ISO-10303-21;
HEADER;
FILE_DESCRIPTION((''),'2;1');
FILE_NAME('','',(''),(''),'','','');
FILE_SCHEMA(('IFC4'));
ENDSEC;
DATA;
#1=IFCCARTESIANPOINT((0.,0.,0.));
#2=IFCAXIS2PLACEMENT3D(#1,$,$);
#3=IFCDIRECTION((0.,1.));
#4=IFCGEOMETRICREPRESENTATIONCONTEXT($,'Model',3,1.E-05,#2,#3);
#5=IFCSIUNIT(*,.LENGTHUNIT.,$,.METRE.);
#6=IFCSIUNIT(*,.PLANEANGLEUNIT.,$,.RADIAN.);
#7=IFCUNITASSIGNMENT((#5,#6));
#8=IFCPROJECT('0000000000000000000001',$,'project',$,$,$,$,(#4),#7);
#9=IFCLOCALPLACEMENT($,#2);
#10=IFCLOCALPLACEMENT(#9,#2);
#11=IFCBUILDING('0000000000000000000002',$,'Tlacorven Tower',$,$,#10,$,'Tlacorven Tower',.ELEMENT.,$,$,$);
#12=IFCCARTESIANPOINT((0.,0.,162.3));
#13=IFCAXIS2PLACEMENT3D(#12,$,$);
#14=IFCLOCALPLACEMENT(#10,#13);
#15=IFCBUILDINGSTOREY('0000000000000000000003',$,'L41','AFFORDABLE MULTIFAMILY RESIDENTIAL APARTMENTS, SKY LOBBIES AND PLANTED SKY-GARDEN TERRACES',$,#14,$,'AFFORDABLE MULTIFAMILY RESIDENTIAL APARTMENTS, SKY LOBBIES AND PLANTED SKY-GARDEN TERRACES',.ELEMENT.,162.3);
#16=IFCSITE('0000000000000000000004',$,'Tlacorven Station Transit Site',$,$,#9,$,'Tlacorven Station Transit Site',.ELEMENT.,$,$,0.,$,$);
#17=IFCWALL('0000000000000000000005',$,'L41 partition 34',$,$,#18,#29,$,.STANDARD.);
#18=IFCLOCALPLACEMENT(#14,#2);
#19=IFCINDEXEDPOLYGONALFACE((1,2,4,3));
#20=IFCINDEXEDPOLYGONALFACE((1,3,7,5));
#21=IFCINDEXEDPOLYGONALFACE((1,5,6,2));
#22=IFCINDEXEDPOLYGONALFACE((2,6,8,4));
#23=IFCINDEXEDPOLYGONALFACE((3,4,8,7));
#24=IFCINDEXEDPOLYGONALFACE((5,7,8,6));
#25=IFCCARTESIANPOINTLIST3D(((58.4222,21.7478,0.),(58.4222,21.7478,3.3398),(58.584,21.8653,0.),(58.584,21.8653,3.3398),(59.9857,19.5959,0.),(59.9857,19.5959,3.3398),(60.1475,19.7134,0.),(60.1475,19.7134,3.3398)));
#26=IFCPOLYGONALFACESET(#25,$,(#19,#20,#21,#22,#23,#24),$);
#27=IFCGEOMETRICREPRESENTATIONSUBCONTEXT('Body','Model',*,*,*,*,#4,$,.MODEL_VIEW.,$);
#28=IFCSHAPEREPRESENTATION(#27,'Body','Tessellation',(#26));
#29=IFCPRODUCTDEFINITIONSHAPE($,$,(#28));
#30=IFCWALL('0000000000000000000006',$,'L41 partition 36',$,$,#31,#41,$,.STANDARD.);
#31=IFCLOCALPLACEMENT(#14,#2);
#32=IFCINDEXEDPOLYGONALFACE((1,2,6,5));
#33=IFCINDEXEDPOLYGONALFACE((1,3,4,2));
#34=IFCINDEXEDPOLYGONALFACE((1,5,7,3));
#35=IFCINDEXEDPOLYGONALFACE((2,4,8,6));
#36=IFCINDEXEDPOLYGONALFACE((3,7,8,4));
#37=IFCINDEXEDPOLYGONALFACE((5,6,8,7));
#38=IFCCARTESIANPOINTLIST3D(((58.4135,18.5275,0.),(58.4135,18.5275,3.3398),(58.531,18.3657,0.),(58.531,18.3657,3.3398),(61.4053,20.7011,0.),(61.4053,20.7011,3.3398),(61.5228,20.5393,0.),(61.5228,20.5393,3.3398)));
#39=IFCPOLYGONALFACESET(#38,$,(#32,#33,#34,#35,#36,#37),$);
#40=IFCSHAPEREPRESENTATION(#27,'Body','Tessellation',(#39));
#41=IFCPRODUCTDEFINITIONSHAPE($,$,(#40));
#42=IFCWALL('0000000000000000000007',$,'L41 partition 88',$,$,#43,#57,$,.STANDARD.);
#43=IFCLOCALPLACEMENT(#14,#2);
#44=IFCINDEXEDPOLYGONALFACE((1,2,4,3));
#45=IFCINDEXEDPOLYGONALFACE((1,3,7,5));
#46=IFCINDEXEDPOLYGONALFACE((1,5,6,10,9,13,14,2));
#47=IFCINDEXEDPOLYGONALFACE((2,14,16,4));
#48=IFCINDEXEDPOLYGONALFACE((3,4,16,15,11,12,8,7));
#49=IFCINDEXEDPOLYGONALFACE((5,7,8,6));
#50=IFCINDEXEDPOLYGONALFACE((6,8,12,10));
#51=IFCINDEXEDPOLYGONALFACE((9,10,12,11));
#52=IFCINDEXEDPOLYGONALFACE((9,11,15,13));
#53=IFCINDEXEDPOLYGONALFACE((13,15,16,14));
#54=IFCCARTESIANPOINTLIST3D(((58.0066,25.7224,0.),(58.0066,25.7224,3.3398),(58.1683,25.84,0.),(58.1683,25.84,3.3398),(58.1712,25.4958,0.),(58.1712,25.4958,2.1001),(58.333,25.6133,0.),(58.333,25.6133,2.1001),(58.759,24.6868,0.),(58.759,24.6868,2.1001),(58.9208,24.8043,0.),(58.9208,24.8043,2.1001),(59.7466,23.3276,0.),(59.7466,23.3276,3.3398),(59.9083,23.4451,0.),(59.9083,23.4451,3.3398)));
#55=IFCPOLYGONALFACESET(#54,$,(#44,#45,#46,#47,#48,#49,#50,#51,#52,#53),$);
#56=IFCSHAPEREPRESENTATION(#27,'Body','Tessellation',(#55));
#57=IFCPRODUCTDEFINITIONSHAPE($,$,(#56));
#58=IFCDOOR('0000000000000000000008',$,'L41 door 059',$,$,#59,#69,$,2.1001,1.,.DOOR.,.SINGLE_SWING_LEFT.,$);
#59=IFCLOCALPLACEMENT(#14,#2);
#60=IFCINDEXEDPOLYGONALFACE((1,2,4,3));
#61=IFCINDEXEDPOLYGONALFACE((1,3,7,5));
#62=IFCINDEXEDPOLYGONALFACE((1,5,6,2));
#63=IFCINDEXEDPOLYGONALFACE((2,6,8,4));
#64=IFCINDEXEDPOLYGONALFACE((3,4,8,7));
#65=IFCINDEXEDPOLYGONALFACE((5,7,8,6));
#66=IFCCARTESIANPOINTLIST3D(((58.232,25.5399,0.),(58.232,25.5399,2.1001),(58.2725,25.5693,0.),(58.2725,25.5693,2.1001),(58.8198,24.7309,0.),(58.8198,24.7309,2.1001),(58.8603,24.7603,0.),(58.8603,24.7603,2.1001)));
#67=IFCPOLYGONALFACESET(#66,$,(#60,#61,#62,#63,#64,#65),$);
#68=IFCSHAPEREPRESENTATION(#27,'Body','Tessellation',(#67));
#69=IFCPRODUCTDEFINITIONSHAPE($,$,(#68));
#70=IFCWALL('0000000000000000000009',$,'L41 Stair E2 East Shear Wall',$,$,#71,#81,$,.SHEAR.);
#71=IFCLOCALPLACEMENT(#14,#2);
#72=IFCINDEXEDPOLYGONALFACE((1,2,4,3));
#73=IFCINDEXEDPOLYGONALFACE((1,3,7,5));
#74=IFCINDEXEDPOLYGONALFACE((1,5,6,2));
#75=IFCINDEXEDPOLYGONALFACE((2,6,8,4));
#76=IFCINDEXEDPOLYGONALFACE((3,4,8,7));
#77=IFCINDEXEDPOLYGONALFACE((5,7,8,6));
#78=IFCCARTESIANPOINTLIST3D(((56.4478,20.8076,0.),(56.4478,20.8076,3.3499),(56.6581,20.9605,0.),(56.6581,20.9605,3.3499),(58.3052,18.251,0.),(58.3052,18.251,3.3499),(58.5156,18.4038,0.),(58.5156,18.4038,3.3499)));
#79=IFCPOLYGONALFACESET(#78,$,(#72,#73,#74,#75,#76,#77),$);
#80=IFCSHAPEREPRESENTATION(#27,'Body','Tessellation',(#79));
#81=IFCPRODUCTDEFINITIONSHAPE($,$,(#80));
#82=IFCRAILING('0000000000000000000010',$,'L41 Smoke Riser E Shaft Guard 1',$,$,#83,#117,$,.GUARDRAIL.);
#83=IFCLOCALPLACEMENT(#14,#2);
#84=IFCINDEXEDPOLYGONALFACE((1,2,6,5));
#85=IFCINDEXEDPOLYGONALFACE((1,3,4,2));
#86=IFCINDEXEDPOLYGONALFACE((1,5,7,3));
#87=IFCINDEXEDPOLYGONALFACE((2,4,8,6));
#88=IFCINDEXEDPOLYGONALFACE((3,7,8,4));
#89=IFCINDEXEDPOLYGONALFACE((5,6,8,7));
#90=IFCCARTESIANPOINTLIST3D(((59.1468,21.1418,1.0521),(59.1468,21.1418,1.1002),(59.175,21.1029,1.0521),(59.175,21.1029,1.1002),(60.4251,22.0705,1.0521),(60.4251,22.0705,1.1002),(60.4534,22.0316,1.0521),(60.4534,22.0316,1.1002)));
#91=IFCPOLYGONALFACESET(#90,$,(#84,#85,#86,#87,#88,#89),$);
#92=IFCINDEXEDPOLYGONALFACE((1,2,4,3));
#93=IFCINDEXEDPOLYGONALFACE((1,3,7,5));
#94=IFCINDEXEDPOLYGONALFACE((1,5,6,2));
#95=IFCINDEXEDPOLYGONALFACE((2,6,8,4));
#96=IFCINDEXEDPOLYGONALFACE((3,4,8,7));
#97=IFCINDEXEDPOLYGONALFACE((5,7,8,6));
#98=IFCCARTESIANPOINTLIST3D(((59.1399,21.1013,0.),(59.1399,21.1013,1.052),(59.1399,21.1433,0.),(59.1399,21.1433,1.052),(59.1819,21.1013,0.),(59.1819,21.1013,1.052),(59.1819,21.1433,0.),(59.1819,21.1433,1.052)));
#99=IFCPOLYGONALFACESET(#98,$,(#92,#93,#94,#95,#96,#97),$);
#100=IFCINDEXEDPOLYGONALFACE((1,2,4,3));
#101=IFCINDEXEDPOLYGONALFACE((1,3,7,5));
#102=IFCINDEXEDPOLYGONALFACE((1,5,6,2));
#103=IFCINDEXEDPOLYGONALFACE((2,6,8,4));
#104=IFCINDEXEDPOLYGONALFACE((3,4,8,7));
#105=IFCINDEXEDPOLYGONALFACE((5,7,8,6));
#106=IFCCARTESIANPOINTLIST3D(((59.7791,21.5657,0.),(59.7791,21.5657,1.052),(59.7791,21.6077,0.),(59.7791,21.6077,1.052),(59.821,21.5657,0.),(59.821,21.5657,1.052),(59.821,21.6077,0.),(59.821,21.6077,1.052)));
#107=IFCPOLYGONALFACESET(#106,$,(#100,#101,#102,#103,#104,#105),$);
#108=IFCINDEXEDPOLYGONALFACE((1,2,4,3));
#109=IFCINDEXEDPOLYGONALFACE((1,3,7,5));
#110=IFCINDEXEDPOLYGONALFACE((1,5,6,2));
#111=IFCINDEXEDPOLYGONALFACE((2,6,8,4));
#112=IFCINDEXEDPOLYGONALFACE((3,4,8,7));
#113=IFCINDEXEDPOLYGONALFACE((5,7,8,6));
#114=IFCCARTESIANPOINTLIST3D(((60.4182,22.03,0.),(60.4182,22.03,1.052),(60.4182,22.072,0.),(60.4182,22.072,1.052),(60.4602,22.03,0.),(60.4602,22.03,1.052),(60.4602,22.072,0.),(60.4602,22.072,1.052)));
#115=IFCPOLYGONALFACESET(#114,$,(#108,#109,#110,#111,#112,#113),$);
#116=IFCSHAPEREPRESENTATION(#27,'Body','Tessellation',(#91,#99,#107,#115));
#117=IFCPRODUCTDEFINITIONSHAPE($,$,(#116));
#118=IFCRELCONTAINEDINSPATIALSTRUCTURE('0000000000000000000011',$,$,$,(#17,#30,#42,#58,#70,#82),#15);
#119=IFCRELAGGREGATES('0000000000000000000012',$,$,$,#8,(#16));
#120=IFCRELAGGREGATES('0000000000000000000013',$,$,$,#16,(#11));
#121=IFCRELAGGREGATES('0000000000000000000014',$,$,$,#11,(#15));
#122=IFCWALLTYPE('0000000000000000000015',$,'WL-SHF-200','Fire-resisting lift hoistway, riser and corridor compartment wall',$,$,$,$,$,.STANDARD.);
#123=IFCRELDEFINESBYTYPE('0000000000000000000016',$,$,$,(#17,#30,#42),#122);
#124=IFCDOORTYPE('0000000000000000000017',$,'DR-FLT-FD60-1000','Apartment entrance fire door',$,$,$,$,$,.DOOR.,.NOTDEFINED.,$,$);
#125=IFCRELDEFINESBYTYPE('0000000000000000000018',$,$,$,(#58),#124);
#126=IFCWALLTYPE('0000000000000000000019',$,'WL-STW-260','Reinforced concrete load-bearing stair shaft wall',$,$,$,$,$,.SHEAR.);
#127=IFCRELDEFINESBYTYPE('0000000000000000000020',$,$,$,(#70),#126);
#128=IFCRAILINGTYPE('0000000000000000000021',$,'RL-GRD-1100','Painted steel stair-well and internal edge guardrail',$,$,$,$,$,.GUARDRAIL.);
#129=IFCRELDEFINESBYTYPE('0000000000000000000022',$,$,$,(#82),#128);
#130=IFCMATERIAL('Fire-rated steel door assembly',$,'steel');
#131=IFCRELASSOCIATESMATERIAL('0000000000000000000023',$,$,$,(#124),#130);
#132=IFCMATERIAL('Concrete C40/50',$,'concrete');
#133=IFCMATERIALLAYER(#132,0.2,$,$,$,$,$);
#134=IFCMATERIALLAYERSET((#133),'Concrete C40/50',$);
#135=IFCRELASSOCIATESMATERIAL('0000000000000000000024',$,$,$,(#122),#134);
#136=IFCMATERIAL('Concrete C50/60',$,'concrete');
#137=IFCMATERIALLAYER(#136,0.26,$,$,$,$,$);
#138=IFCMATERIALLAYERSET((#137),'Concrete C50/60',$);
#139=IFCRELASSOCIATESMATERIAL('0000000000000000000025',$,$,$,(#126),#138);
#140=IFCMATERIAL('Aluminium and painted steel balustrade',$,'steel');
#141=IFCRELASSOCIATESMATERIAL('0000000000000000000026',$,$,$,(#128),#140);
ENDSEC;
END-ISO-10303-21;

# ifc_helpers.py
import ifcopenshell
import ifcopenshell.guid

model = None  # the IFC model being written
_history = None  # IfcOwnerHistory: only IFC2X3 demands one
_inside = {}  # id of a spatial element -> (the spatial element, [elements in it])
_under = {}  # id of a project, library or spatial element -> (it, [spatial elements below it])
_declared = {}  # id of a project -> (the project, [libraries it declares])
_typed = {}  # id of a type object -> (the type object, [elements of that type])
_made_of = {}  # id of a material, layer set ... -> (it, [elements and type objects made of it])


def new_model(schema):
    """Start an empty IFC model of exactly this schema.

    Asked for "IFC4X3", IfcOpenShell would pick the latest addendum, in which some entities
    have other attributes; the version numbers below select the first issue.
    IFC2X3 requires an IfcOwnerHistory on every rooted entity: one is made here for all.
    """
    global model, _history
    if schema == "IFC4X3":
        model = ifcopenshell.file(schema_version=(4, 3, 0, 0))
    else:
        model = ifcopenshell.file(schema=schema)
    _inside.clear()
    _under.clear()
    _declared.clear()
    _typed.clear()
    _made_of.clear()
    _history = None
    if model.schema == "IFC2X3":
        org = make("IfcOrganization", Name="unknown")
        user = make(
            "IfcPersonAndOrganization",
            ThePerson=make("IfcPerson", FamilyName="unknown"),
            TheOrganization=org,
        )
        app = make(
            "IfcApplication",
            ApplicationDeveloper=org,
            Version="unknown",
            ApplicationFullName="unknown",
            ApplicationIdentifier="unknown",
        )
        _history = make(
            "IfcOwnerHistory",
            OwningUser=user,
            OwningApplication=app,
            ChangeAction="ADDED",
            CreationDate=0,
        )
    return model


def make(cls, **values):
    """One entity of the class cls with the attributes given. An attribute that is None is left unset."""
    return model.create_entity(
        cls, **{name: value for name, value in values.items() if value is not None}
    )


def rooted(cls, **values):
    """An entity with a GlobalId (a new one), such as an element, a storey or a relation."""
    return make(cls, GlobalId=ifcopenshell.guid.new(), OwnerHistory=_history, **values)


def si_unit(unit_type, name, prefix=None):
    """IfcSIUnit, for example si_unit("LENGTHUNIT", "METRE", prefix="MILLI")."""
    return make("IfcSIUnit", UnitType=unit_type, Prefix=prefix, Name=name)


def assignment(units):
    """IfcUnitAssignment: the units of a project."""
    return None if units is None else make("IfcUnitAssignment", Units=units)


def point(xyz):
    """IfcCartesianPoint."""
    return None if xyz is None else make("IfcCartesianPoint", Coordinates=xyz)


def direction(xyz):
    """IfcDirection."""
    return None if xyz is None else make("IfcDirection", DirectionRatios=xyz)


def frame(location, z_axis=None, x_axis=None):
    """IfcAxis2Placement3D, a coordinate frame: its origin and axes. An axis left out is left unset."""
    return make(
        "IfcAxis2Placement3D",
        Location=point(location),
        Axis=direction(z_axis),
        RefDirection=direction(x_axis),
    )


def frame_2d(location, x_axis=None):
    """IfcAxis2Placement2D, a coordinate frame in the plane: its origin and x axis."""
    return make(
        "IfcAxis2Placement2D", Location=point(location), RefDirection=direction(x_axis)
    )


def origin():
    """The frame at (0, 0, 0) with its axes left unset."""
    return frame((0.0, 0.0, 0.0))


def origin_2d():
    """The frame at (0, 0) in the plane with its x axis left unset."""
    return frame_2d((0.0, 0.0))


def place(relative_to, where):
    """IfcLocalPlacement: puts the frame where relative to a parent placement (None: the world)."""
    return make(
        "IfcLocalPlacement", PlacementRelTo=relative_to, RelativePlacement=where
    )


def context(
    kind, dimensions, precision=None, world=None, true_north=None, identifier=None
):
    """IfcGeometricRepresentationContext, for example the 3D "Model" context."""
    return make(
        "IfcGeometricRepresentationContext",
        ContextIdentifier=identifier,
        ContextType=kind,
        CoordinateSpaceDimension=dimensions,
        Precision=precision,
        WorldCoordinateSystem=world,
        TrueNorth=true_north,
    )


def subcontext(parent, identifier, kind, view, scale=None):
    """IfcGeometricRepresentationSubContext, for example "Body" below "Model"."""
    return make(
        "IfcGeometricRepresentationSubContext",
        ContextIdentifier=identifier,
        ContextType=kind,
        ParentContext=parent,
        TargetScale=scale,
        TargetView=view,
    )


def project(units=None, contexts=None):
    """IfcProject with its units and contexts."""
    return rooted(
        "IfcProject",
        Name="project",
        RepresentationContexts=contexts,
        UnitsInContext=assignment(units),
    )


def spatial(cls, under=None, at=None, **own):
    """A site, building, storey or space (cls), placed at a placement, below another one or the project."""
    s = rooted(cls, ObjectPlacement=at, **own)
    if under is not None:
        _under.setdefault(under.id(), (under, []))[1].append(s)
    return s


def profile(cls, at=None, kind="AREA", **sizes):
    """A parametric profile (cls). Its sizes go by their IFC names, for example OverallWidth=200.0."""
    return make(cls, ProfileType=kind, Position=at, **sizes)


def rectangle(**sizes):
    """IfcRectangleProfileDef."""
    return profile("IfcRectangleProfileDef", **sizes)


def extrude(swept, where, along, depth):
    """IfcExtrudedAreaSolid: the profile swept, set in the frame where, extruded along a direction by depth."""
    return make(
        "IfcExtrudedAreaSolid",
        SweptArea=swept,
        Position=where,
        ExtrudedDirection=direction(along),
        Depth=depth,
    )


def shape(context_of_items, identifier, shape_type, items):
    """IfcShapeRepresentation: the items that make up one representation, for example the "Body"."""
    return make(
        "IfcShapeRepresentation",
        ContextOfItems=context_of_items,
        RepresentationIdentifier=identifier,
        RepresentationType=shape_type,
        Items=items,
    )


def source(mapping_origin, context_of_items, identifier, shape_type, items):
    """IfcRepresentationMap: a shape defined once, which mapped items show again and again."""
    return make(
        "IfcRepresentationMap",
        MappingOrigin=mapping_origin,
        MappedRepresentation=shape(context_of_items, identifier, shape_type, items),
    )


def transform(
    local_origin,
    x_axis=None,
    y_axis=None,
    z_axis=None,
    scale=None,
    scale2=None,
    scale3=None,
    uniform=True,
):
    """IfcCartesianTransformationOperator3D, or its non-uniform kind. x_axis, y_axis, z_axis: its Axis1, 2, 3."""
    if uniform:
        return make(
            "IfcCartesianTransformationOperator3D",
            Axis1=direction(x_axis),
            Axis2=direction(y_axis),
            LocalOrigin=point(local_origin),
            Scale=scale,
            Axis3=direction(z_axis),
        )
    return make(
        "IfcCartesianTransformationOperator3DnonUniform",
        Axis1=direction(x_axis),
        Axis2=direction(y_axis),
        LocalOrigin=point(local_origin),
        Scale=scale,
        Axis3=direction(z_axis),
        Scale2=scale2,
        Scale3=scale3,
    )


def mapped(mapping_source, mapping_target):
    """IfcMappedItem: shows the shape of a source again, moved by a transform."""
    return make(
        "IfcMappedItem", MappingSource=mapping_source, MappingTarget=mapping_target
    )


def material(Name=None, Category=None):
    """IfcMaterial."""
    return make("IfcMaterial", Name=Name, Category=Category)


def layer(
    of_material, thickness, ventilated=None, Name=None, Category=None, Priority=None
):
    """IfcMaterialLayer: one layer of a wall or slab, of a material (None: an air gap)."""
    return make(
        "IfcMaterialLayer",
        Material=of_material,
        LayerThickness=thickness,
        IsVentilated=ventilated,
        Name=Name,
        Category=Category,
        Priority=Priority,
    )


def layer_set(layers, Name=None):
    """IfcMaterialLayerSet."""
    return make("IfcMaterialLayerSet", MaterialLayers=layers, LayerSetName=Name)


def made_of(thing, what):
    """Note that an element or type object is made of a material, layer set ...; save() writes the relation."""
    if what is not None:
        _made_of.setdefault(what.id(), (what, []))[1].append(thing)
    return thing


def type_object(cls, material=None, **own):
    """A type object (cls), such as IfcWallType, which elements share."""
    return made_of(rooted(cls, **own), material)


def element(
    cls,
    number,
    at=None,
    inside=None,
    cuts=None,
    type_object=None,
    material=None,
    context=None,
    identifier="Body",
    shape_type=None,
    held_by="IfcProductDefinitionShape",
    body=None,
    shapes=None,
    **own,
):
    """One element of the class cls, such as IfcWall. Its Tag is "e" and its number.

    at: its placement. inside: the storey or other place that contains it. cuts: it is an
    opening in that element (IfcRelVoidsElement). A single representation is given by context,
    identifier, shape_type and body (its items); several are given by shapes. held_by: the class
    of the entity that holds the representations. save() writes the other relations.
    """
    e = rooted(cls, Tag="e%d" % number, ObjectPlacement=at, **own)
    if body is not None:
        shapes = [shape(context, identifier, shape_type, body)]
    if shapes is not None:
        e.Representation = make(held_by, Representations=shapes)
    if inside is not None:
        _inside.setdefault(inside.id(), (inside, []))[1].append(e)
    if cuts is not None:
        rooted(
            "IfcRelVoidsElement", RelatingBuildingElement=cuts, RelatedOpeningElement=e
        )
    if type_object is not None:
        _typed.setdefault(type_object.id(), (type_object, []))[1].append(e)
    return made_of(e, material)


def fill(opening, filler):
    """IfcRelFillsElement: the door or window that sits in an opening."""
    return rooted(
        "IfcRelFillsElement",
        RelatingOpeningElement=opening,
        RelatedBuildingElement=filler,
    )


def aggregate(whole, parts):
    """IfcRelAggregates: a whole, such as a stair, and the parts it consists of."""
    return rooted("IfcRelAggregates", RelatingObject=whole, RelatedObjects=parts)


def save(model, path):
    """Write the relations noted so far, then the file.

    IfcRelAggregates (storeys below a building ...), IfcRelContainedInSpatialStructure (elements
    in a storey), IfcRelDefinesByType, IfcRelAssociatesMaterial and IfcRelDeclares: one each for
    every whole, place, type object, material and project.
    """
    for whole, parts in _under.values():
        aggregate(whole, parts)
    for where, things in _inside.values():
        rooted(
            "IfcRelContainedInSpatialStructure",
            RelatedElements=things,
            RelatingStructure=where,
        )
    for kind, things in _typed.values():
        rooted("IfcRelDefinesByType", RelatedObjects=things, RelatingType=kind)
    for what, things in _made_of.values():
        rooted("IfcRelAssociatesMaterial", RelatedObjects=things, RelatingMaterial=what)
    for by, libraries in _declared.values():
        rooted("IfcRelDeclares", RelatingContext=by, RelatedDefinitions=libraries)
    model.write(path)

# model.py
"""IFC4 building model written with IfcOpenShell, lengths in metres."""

from ifc_helpers import new_model, si_unit, direction, frame, frame_2d, origin, origin_2d, place, context, subcontext, project, spatial, rectangle, extrude, source, transform, mapped, material, layer, layer_set, type_object, element, fill, save


model = new_model("IFC4")

# Units and contexts
model_context = context("Model", 3, precision=1e-05, world=origin(), true_north=direction((0.0, 1.0)))
body_context = subcontext(model_context, "Body", "Model", "MODEL_VIEW")
ifc_project = project(units=[si_unit("LENGTHUNIT", "METRE"), si_unit("PLANEANGLEUNIT", "RADIAN")], contexts=[model_context])

# Site, building, storey
site_placement = place(None, origin())
site = spatial("IfcSite", under=ifc_project, at=site_placement, Name="Tlacorven Station Transit Site", LongName="Tlacorven Station Transit Site", CompositionType="ELEMENT", RefElevation=0.0)
building_placement = place(site_placement, origin())
building = spatial("IfcBuilding", under=site, at=building_placement, Name="Tlacorven Tower", LongName="Tlacorven Tower", CompositionType="ELEMENT")
storey_placement = place(building_placement, frame((0.0, 0.0, 162.3)))
storey = spatial("IfcBuildingStorey", under=building, at=storey_placement, Name="L41", Description="AFFORDABLE MULTIFAMILY RESIDENTIAL APARTMENTS, SKY LOBBIES AND PLANTED SKY-GARDEN TERRACES", LongName="AFFORDABLE MULTIFAMILY RESIDENTIAL APARTMENTS, SKY LOBBIES AND PLANTED SKY-GARDEN TERRACES", CompositionType="ELEMENT", Elevation=162.3)

# Shared definitions
ifc_material_1 = material(Name="Fire-rated steel door assembly", Category="steel")
door_type_1 = type_object("IfcDoorType", Name="DR-FLT-FD60-1000", Description="Apartment entrance fire door", OperationType="NOTDEFINED", PredefinedType="DOOR", material=ifc_material_1)
shared_shape_1 = source(origin(), body_context, "Body", "SweptSolid", [
    extrude(rectangle(XDim=1.0, YDim=2.1001, at=frame_2d((0.5, 1.05))), frame((0.0, 0.0249, 0.0), z_axis=(0.0, -1.0, 0.0), x_axis=(1.0, 0.0, 0.0)), (0.0, 0.0, 1.0), 0.05),
])

# Walls
ifc_material_2 = material(Name="Concrete C40/50", Category="concrete")
ifc_layer_1 = layer(ifc_material_2, 0.2)
ifc_layer_set_1 = layer_set([ifc_layer_1], Name="Concrete C40/50")
wall_type_1 = type_object("IfcWallType", Name="WL-SHF-200", Description="Fire-resisting lift hoistway, riser and corridor compartment wall", PredefinedType="STANDARD", material=ifc_layer_set_1)
wall_1_placement = place(storey_placement, frame((60.0667, 19.6545, 0.0), z_axis=(0.0, 0.0, 1.0), x_axis=(-0.587801, 0.809006, 0.0)))
element("IfcWall", 1, at=wall_1_placement, inside=storey, type_object=wall_type_1, Name="L41 partition 34", PredefinedType="STANDARD", context=body_context, shape_type="SweptSolid", body=[
    extrude(rectangle(XDim=2.6599, YDim=0.2, at=frame_2d((1.3301, 0.0))), origin(), (0.0, 0.0, 1.0), 3.3398),
])
wall_2_placement = place(storey_placement, frame((58.4722, 18.4465, 0.0), z_axis=(0.0, 0.0, 1.0), x_axis=(0.809019, 0.587783, 0.0)))
element("IfcWall", 2, at=wall_2_placement, inside=storey, type_object=wall_type_1, Name="L41 partition 36", PredefinedType="STANDARD", context=body_context, shape_type="SweptSolid", body=[
    extrude(rectangle(XDim=3.698, YDim=0.2, at=frame_2d((1.8491, 0.0))), origin(), (0.0, 0.0, 1.0), 3.3398),
])

# Wall, opening, door
wall_3_placement = place(storey_placement, frame((59.8274, 23.3865, 0.0), z_axis=(0.0, 0.0, 1.0), x_axis=(-0.587804, 0.809003, 0.0)))
wall_3 = element("IfcWall", 3, at=wall_3_placement, inside=storey, type_object=wall_type_1, Name="L41 partition 88", PredefinedType="STANDARD", context=body_context, shape_type="SweptSolid", body=[
    extrude(rectangle(XDim=2.9602, YDim=0.2, at=frame_2d((1.48, 0.0))), origin(), (0.0, 0.0, 1.0), 3.3398),
])
opening_1_placement = place(wall_3_placement, frame((1.6799, 0.0, 0.0)))
opening_1 = element("IfcOpeningElement", 4, at=opening_1_placement, cuts=wall_3, PredefinedType="OPENING", context=body_context, shape_type="SweptSolid", body=[
    extrude(rectangle(XDim=1.0, YDim=2.1001, at=frame_2d((0.5, 1.05))), frame((0.0, 0.1099, 0.0), z_axis=(0.0, -1.0, 0.0), x_axis=(1.0, 0.0, 0.0)), (0.0, 0.0, 1.0), 0.22),
])
door_1_placement = place(opening_1_placement, origin())
door_1 = element("IfcDoor", 5, at=door_1_placement, inside=storey, type_object=door_type_1, Name="L41 door 059", OperationType="SINGLE_SWING_LEFT", OverallHeight=2.1001, OverallWidth=1.0, PredefinedType="DOOR", context=body_context, shape_type="MappedRepresentation", body=[
    mapped(shared_shape_1, transform((0.0, 0.0, 0.0), scale=1.0)),
])
fill(opening_1, door_1)

# Wall
ifc_material_3 = material(Name="Concrete C50/60", Category="concrete")
ifc_layer_2 = layer(ifc_material_3, 0.26)
ifc_layer_set_2 = layer_set([ifc_layer_2], Name="Concrete C50/60")
wall_type_2 = type_object("IfcWallType", Name="WL-STW-260", Description="Reinforced concrete load-bearing stair shaft wall", PredefinedType="SHEAR", material=ifc_layer_set_2)
wall_4_placement = place(storey_placement, frame((58.4104, 18.3274, 0.0), z_axis=(0.0, 0.0, 1.0), x_axis=(-0.587767, 0.80903, 0.0)))
element("IfcWall", 6, at=wall_4_placement, inside=storey, type_object=wall_type_2, Name="L41 Stair E2 East Shear Wall", PredefinedType="SHEAR", context=body_context, shape_type="SweptSolid", body=[
    extrude(rectangle(XDim=3.1602, YDim=0.26, at=frame_2d((1.5801, 0.0))), origin(), (0.0, 0.0, 1.0), 3.3499),
])

# Railing
ifc_material_4 = material(Name="Aluminium and painted steel balustrade", Category="steel")
railing_type = type_object("IfcRailingType", Name="RL-GRD-1100", Description="Painted steel stair-well and internal edge guardrail", PredefinedType="GUARDRAIL", material=ifc_material_4)
shared_shape_2 = source(origin(), body_context, "Body", "SweptSolid", [
    extrude(rectangle(XDim=0.0481, YDim=0.0481, at=origin_2d()), frame((0.0, 0.0, 1.0762), z_axis=(0.80903, 0.587767, 0.0), x_axis=(-0.587767, 0.80903, 0.0)), (0.0, 0.0, 1.0), 1.5801),
    extrude(rectangle(XDim=0.042, YDim=0.042, at=origin_2d()), origin(), (0.0, 0.0, 1.0), 1.052),
    extrude(rectangle(XDim=0.042, YDim=0.042, at=origin_2d()), frame((0.6392, 0.4644, 0.0)), (0.0, 0.0, 1.0), 1.052),
    extrude(rectangle(XDim=0.042, YDim=0.042, at=origin_2d()), frame((1.2783, 0.9287, 0.0)), (0.0, 0.0, 1.0), 1.052),
])
railing_placement = place(storey_placement, frame((59.1609, 21.1223, 0.0)))
element("IfcRailing", 7, at=railing_placement, inside=storey, type_object=railing_type, Name="L41 Smoke Riser E Shaft Guard 1", PredefinedType="GUARDRAIL", context=body_context, shape_type="MappedRepresentation", body=[
    mapped(shared_shape_2, transform((0.0, 0.0, 0.0), scale=1.0)),
])

save(model, "model.ifc")
